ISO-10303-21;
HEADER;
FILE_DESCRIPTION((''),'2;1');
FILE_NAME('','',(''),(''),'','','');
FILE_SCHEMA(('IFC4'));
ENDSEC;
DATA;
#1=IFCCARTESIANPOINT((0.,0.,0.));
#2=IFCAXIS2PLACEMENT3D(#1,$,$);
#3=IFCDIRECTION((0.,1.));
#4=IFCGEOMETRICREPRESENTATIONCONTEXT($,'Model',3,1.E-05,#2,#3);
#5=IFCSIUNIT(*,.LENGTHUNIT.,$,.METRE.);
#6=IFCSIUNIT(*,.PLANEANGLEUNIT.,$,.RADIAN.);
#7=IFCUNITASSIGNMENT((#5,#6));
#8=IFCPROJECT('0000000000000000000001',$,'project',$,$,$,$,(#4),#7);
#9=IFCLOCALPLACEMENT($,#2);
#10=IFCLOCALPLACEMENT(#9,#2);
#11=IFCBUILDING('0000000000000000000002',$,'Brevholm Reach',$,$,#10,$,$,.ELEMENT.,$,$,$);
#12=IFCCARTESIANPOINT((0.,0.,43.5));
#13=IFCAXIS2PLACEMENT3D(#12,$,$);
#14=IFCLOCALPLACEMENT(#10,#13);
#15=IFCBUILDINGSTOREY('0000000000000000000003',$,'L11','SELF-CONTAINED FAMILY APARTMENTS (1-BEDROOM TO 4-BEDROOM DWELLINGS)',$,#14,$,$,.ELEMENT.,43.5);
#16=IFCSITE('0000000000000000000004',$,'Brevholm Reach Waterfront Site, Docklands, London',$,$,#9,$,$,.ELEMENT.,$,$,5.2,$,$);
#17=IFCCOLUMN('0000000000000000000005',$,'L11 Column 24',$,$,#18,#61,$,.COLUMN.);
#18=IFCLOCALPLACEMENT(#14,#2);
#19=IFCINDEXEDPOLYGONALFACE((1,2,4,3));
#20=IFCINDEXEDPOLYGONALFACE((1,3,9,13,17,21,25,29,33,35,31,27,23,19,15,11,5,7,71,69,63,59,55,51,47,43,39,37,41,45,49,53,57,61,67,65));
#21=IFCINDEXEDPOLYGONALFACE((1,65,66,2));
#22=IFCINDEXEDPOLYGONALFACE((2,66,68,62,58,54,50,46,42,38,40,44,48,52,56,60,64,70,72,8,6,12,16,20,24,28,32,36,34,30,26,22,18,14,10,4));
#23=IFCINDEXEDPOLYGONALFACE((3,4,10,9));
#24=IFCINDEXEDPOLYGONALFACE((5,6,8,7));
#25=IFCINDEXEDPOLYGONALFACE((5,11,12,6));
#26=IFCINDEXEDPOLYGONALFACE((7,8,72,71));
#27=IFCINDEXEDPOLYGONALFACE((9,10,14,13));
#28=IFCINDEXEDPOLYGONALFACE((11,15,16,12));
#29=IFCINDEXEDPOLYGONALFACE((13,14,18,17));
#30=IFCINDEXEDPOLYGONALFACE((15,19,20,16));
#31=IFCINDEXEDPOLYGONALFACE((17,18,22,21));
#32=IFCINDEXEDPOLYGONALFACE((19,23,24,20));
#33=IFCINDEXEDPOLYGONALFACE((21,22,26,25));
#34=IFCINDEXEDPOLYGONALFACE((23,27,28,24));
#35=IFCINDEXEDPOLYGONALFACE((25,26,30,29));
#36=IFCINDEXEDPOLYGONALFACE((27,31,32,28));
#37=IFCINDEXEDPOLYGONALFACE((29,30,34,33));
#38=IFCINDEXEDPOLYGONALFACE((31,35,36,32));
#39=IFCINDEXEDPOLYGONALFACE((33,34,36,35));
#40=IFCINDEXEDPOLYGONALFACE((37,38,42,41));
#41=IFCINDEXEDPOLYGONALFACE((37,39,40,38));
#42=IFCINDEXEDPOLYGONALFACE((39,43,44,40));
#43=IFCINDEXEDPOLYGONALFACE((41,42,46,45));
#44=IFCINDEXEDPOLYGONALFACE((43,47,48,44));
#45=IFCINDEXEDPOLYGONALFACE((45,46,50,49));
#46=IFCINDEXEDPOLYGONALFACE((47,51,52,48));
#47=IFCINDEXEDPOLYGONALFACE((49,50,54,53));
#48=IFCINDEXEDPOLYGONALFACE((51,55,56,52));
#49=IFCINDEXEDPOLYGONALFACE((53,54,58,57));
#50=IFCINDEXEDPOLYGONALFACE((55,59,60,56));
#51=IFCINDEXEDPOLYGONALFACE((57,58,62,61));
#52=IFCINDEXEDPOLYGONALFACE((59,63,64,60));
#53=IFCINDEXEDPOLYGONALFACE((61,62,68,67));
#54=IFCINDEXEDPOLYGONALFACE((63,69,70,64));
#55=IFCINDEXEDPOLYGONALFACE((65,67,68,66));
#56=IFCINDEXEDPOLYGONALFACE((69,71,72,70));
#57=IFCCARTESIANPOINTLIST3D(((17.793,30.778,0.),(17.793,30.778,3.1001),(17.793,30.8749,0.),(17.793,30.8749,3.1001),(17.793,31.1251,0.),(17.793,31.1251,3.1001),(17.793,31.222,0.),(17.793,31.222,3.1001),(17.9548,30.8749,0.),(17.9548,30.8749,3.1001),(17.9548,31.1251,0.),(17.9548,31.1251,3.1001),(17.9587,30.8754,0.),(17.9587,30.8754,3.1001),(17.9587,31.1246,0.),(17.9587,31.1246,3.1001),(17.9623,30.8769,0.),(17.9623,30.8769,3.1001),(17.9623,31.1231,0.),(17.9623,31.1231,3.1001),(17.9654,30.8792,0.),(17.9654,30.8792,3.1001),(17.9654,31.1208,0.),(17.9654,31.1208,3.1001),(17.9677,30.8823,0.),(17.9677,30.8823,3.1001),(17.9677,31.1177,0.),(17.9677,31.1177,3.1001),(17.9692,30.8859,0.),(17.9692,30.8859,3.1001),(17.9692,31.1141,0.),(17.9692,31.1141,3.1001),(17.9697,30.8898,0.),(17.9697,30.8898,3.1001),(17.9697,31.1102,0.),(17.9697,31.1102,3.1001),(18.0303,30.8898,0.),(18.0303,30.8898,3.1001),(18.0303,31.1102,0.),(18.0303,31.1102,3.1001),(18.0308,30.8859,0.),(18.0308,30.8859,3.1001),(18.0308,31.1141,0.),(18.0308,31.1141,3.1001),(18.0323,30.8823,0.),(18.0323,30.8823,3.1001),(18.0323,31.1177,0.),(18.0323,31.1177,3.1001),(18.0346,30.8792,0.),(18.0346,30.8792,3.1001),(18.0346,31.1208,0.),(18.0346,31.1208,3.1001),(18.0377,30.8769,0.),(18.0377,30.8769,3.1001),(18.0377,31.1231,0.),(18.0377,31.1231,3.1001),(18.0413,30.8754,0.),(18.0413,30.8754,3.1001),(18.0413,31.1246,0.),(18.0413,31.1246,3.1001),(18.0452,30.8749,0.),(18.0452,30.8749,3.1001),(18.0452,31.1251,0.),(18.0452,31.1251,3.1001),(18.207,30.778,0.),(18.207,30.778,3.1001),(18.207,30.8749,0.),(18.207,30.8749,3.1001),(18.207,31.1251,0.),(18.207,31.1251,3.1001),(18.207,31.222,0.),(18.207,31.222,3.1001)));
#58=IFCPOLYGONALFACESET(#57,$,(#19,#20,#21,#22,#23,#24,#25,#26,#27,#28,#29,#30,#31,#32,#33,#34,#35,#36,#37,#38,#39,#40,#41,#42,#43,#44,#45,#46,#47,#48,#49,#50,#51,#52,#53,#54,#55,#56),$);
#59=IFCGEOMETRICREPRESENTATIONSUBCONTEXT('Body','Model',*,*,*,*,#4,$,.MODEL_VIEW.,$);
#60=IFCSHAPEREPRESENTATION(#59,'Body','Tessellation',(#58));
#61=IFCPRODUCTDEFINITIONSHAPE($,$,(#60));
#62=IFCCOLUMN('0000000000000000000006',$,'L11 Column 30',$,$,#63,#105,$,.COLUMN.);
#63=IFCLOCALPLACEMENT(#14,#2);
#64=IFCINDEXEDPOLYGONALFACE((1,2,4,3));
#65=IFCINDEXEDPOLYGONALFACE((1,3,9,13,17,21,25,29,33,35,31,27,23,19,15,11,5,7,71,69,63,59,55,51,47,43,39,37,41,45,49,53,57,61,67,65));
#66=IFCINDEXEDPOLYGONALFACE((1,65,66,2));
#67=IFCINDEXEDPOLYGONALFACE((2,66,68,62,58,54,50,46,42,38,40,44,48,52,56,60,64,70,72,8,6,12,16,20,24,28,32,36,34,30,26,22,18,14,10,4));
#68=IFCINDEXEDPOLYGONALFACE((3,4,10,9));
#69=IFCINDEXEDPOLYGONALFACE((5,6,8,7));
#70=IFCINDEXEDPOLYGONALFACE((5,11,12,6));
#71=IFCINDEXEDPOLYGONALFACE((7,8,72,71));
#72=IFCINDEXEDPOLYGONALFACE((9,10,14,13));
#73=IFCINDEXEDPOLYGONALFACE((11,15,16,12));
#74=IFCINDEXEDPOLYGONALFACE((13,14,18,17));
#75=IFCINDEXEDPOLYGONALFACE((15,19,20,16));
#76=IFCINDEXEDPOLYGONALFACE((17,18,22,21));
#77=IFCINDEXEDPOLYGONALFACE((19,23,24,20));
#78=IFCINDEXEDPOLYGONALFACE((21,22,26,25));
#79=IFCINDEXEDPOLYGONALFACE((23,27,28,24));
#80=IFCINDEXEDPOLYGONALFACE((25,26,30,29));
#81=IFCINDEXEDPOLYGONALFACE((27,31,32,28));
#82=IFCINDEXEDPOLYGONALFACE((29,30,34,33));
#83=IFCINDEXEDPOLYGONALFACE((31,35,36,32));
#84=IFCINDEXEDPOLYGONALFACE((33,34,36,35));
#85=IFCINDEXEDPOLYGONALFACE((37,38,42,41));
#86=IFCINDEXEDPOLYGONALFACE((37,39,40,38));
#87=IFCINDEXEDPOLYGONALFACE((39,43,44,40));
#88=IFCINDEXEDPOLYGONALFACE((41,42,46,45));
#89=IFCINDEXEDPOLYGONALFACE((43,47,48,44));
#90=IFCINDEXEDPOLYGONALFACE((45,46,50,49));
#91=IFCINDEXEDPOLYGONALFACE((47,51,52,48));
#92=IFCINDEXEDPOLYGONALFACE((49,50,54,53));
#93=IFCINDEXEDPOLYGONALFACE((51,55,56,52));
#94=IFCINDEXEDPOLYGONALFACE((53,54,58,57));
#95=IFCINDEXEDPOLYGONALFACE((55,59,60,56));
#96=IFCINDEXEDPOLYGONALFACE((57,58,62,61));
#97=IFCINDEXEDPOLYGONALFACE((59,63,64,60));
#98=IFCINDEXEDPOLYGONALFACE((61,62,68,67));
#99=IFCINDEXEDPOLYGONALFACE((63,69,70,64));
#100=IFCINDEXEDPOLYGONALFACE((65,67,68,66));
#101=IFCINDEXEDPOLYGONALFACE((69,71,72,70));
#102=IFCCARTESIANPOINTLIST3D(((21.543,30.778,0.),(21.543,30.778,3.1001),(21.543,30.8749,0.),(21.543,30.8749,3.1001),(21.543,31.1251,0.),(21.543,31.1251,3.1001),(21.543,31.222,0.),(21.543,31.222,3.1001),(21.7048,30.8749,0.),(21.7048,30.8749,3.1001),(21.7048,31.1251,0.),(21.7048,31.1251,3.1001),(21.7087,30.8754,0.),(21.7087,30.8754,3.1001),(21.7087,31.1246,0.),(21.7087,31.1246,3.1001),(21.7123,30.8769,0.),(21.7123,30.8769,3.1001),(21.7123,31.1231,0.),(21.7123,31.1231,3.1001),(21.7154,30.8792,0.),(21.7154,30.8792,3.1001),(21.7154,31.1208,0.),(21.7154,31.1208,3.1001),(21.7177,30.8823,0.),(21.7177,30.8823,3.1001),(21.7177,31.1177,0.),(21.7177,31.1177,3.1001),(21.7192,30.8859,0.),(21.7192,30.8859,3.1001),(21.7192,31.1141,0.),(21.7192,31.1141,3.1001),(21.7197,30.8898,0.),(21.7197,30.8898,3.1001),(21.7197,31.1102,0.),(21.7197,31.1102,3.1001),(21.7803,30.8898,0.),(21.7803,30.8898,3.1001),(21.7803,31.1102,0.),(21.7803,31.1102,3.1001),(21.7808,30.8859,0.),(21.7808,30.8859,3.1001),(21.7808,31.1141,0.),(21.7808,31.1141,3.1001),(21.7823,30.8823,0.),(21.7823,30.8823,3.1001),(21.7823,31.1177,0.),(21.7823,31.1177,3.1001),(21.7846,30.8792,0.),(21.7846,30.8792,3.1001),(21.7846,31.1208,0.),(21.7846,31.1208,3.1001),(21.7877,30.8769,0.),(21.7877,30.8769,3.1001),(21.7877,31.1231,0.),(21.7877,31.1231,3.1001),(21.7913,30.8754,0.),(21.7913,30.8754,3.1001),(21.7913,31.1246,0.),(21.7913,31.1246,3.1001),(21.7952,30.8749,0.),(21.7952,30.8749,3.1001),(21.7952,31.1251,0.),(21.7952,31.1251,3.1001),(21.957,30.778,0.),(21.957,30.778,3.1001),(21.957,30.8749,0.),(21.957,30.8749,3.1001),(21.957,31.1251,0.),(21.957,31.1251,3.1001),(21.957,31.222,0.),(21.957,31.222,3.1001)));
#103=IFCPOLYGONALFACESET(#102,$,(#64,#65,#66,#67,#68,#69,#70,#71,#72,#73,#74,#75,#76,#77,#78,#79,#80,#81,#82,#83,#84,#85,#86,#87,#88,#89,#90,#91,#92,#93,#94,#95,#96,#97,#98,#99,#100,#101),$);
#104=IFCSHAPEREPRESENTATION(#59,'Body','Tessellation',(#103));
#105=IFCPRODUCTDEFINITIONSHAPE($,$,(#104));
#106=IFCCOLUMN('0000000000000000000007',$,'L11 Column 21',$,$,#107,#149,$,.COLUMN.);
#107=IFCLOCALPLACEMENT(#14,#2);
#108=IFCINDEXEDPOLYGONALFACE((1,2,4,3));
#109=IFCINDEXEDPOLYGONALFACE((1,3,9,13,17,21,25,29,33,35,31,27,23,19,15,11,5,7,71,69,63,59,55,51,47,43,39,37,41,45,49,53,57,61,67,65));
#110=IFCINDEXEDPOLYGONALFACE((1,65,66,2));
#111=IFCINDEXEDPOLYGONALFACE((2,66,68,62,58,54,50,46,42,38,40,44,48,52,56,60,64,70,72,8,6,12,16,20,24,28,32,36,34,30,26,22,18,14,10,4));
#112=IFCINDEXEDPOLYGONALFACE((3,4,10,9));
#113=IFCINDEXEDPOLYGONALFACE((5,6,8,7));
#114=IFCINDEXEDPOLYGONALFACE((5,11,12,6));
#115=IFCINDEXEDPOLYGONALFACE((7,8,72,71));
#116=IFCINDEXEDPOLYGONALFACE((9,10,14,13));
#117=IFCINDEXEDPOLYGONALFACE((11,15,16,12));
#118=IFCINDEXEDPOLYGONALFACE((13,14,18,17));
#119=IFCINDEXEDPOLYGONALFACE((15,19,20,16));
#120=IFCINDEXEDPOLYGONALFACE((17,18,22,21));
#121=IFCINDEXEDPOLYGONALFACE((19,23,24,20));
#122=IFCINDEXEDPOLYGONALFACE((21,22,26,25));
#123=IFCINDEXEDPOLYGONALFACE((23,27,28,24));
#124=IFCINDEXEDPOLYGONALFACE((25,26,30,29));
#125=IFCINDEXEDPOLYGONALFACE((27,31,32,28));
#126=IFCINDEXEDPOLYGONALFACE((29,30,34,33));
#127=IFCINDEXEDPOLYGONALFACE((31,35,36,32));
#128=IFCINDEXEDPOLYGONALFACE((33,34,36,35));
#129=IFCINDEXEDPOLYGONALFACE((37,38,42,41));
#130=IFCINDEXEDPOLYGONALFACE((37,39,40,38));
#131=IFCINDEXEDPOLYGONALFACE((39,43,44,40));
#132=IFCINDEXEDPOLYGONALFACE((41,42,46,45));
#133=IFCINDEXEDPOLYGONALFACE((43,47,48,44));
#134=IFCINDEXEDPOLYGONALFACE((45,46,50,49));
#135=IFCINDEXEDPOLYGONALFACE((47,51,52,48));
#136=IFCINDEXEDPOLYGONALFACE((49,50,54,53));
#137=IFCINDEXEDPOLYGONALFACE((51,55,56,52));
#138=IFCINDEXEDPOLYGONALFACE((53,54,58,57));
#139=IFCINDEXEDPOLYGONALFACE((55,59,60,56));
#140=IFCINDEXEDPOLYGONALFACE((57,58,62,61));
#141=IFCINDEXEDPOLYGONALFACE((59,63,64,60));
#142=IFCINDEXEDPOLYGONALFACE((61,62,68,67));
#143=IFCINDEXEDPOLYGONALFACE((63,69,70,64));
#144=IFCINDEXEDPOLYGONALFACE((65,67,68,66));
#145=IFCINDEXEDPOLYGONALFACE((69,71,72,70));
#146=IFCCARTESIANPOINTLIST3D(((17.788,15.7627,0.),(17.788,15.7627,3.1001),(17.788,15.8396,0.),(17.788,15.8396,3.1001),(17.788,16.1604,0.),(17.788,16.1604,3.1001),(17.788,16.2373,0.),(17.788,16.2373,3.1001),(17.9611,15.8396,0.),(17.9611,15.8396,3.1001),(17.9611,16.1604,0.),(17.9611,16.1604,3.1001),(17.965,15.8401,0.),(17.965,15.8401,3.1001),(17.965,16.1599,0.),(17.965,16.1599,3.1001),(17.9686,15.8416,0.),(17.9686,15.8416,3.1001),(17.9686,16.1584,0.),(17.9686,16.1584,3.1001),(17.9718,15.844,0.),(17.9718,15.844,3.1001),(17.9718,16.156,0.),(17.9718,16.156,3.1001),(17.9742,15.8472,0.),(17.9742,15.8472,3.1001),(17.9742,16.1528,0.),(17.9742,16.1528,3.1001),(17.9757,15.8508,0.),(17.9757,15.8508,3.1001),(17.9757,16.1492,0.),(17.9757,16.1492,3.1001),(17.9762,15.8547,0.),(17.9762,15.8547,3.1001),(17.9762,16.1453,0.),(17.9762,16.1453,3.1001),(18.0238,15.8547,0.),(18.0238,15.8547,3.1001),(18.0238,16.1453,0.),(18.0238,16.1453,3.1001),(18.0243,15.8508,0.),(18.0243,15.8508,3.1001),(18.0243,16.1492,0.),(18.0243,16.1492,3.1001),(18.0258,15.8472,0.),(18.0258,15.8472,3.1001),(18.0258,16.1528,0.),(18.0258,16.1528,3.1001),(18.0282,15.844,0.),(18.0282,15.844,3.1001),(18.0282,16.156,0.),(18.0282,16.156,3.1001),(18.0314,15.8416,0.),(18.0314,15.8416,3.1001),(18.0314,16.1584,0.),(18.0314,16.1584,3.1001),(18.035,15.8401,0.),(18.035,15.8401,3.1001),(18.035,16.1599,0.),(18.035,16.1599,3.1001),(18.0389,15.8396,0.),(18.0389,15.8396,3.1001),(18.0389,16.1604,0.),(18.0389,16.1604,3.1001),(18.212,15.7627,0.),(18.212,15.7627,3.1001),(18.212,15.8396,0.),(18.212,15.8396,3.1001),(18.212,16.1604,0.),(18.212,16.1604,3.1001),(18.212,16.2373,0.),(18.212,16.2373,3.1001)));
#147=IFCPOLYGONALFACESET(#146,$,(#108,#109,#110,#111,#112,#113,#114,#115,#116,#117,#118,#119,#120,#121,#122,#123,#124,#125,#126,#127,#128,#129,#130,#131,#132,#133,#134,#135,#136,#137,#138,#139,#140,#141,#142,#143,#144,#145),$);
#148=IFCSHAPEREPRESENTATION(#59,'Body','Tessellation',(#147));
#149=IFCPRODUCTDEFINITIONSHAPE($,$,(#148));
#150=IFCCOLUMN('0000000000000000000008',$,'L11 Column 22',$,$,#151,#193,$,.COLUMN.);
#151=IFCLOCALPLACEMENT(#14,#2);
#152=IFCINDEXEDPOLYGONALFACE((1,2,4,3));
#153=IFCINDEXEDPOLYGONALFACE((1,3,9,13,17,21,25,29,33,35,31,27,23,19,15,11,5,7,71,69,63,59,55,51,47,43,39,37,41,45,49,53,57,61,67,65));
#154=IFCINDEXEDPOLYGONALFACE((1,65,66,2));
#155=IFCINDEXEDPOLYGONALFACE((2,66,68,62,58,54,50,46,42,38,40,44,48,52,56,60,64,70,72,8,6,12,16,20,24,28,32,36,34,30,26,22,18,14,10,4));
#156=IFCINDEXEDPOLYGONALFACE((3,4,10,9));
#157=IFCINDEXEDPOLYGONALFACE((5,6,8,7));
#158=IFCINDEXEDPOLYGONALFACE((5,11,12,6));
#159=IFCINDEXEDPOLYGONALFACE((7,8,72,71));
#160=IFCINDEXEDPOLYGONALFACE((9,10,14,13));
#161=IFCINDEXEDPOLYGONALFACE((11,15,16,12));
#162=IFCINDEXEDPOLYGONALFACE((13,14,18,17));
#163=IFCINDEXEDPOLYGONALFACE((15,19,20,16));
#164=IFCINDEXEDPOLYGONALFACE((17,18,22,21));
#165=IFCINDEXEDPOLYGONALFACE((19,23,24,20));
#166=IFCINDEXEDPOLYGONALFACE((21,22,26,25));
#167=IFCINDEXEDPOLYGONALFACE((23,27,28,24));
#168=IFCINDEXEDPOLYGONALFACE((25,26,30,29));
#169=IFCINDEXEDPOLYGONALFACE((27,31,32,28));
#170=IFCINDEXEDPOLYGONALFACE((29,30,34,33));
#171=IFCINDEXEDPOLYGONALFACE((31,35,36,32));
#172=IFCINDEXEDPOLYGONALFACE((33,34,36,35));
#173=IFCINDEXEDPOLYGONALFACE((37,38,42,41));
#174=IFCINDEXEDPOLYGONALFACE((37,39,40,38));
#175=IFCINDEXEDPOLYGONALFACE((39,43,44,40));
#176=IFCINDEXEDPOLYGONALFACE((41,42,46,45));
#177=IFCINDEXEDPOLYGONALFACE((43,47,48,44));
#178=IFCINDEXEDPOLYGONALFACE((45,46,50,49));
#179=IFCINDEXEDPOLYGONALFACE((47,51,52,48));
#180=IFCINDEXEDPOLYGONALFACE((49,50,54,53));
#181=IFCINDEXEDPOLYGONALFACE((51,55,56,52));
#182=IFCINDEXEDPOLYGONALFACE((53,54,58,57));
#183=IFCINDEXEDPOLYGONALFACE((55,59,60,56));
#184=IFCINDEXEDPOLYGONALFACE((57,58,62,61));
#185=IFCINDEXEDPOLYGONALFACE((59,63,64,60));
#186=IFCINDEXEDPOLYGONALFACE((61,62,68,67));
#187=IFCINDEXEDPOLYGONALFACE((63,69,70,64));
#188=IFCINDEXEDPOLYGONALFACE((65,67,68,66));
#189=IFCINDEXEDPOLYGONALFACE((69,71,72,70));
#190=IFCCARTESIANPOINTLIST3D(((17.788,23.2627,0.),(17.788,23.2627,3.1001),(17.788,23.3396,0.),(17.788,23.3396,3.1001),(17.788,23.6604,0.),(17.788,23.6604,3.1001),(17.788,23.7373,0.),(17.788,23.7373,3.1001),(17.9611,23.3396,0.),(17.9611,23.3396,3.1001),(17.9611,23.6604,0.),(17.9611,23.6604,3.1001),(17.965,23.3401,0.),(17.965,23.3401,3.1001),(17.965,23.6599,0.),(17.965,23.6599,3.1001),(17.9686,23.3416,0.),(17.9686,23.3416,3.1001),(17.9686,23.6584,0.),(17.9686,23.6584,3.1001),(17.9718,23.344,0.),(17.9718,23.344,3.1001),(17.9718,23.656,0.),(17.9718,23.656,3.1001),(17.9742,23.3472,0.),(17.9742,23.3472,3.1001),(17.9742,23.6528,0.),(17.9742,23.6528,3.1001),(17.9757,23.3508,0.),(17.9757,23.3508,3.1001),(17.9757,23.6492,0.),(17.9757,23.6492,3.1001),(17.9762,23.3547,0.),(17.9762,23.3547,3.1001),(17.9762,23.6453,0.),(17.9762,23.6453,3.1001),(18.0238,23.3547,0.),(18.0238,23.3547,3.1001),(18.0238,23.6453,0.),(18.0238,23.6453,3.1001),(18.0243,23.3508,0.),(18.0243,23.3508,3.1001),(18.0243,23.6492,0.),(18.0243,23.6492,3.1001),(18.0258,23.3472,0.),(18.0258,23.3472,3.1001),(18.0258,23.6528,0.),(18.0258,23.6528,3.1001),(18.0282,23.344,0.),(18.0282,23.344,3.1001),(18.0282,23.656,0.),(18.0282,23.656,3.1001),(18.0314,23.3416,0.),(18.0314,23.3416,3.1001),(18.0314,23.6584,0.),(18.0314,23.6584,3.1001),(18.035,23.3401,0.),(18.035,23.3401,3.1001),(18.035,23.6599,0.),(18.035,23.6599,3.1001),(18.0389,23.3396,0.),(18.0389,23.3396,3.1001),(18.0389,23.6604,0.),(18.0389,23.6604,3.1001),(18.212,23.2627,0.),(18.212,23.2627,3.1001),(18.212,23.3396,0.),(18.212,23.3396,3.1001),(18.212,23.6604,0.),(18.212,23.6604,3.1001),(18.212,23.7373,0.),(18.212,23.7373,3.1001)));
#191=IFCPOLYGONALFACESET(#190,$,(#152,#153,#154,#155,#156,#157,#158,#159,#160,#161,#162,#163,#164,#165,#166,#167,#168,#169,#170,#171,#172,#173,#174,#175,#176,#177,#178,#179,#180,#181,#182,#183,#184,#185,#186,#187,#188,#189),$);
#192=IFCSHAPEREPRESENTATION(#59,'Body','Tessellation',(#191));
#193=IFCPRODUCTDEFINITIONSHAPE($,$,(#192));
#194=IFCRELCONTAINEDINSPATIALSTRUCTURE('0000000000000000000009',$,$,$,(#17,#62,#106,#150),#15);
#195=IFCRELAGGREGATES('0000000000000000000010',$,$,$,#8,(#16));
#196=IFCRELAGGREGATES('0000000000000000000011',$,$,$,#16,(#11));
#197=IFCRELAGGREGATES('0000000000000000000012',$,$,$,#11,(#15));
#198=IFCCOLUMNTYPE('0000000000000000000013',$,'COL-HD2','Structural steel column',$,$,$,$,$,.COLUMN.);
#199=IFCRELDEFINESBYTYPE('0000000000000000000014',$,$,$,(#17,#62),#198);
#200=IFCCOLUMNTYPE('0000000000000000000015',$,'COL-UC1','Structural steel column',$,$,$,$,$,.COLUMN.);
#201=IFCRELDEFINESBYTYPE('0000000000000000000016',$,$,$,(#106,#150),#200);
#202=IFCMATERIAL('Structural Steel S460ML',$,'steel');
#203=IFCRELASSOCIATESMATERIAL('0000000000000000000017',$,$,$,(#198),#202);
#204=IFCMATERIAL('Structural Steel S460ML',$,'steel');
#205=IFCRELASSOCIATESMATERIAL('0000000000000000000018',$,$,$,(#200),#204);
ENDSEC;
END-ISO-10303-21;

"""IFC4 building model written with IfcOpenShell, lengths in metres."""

from ifc_helpers import new_model, si_unit, direction, frame, origin, origin_2d, place, context, subcontext, project, spatial, i_section, extrude, material, material_profile, profile_set, type_object, element, save


model = new_model("IFC4")

# Units and contexts
model_context = context("Model", 3, precision=1e-05, world=origin(), true_north=direction((0.0, 1.0)))
body_context = subcontext(model_context, "Body", "Model", "MODEL_VIEW")
ifc_project = project(units=[si_unit("LENGTHUNIT", "METRE"), si_unit("PLANEANGLEUNIT", "RADIAN")], contexts=[model_context])

# Site, building, storey
site_placement = place(None, origin())
site = spatial("IfcSite", under=ifc_project, at=site_placement, Name="Brevholm Reach Waterfront Site, Docklands, London", CompositionType="ELEMENT", RefElevation=5.2)
building_placement = place(site_placement, origin())
building = spatial("IfcBuilding", under=site, at=building_placement, Name="Brevholm Reach", CompositionType="ELEMENT")
storey_placement = place(building_placement, frame((0.0, 0.0, 43.5)))
storey = spatial("IfcBuildingStorey", under=building, at=storey_placement, Name="L11", Description="SELF-CONTAINED FAMILY APARTMENTS (1-BEDROOM TO 4-BEDROOM DWELLINGS)", CompositionType="ELEMENT", Elevation=43.5)

# Columns
ifc_material_1 = material(Name="Structural Steel S460ML", Category="steel")
ifc_material_profile_1 = material_profile(ifc_material_1, i_section(OverallWidth=0.4141, OverallDepth=0.4441, WebThickness=0.0605, FlangeThickness=0.0969, FilletRadius=0.0149, at=origin_2d()), Name="HD 400x818")
ifc_profile_set_1 = profile_set([ifc_material_profile_1], Name="Structural Steel S460ML")
column_type_1 = type_object("IfcColumnType", Name="COL-HD2", Description="Structural steel column", PredefinedType="COLUMN", material=ifc_profile_set_1)
for number, where, z_axis, x_axis, name in (
    (1, (18.0, 31.0, 0.0), (0.0, 0.0, 1.0), (1.0, 0.0, 0.0), "L11 Column 24"),
    (2, (21.75, 31.0, 0.0), (0.0, 0.0, 1.0), (1.0, 0.0, 0.0), "L11 Column 30"),
):
    element("IfcColumn", number, at=place(storey_placement, frame(where, z_axis=z_axis, x_axis=x_axis)), inside=storey, type_object=column_type_1, Name=name, PredefinedType="COLUMN", context=body_context, shape_type="SweptSolid", body=[
        extrude(i_section(OverallWidth=0.4141, OverallDepth=0.4441, WebThickness=0.0605, FlangeThickness=0.0969, FilletRadius=0.0149, at=origin_2d()), origin(), (0.0, 0.0, 1.0), 3.1001),
    ])
ifc_material_2 = material(Name="Structural Steel S460ML", Category="steel")
ifc_material_profile_2 = material_profile(ifc_material_2, i_section(OverallWidth=0.4241, OverallDepth=0.4746, WebThickness=0.0476, FlangeThickness=0.0769, FilletRadius=0.0151, at=origin_2d()), Name="UKC 356x406x634")
ifc_profile_set_2 = profile_set([ifc_material_profile_2], Name="Structural Steel S460ML")
column_type_2 = type_object("IfcColumnType", Name="COL-UC1", Description="Structural steel column", PredefinedType="COLUMN", material=ifc_profile_set_2)
for number, where, z_axis, x_axis, name in (
    (3, (18.0, 16.0, 0.0), (0.0, 0.0, 1.0), (1.0, 0.0, 0.0), "L11 Column 21"),
    (4, (18.0, 23.5, 0.0), (0.0, 0.0, 1.0), (1.0, 0.0, 0.0), "L11 Column 22"),
):
    element("IfcColumn", number, at=place(storey_placement, frame(where, z_axis=z_axis, x_axis=x_axis)), inside=storey, type_object=column_type_2, Name=name, PredefinedType="COLUMN", context=body_context, shape_type="SweptSolid", body=[
        extrude(i_section(OverallWidth=0.4241, OverallDepth=0.4746, WebThickness=0.0476, FlangeThickness=0.0769, FilletRadius=0.0151, at=origin_2d()), origin(), (0.0, 0.0, 1.0), 3.1001),
    ])

save(model, "model.ifc")
